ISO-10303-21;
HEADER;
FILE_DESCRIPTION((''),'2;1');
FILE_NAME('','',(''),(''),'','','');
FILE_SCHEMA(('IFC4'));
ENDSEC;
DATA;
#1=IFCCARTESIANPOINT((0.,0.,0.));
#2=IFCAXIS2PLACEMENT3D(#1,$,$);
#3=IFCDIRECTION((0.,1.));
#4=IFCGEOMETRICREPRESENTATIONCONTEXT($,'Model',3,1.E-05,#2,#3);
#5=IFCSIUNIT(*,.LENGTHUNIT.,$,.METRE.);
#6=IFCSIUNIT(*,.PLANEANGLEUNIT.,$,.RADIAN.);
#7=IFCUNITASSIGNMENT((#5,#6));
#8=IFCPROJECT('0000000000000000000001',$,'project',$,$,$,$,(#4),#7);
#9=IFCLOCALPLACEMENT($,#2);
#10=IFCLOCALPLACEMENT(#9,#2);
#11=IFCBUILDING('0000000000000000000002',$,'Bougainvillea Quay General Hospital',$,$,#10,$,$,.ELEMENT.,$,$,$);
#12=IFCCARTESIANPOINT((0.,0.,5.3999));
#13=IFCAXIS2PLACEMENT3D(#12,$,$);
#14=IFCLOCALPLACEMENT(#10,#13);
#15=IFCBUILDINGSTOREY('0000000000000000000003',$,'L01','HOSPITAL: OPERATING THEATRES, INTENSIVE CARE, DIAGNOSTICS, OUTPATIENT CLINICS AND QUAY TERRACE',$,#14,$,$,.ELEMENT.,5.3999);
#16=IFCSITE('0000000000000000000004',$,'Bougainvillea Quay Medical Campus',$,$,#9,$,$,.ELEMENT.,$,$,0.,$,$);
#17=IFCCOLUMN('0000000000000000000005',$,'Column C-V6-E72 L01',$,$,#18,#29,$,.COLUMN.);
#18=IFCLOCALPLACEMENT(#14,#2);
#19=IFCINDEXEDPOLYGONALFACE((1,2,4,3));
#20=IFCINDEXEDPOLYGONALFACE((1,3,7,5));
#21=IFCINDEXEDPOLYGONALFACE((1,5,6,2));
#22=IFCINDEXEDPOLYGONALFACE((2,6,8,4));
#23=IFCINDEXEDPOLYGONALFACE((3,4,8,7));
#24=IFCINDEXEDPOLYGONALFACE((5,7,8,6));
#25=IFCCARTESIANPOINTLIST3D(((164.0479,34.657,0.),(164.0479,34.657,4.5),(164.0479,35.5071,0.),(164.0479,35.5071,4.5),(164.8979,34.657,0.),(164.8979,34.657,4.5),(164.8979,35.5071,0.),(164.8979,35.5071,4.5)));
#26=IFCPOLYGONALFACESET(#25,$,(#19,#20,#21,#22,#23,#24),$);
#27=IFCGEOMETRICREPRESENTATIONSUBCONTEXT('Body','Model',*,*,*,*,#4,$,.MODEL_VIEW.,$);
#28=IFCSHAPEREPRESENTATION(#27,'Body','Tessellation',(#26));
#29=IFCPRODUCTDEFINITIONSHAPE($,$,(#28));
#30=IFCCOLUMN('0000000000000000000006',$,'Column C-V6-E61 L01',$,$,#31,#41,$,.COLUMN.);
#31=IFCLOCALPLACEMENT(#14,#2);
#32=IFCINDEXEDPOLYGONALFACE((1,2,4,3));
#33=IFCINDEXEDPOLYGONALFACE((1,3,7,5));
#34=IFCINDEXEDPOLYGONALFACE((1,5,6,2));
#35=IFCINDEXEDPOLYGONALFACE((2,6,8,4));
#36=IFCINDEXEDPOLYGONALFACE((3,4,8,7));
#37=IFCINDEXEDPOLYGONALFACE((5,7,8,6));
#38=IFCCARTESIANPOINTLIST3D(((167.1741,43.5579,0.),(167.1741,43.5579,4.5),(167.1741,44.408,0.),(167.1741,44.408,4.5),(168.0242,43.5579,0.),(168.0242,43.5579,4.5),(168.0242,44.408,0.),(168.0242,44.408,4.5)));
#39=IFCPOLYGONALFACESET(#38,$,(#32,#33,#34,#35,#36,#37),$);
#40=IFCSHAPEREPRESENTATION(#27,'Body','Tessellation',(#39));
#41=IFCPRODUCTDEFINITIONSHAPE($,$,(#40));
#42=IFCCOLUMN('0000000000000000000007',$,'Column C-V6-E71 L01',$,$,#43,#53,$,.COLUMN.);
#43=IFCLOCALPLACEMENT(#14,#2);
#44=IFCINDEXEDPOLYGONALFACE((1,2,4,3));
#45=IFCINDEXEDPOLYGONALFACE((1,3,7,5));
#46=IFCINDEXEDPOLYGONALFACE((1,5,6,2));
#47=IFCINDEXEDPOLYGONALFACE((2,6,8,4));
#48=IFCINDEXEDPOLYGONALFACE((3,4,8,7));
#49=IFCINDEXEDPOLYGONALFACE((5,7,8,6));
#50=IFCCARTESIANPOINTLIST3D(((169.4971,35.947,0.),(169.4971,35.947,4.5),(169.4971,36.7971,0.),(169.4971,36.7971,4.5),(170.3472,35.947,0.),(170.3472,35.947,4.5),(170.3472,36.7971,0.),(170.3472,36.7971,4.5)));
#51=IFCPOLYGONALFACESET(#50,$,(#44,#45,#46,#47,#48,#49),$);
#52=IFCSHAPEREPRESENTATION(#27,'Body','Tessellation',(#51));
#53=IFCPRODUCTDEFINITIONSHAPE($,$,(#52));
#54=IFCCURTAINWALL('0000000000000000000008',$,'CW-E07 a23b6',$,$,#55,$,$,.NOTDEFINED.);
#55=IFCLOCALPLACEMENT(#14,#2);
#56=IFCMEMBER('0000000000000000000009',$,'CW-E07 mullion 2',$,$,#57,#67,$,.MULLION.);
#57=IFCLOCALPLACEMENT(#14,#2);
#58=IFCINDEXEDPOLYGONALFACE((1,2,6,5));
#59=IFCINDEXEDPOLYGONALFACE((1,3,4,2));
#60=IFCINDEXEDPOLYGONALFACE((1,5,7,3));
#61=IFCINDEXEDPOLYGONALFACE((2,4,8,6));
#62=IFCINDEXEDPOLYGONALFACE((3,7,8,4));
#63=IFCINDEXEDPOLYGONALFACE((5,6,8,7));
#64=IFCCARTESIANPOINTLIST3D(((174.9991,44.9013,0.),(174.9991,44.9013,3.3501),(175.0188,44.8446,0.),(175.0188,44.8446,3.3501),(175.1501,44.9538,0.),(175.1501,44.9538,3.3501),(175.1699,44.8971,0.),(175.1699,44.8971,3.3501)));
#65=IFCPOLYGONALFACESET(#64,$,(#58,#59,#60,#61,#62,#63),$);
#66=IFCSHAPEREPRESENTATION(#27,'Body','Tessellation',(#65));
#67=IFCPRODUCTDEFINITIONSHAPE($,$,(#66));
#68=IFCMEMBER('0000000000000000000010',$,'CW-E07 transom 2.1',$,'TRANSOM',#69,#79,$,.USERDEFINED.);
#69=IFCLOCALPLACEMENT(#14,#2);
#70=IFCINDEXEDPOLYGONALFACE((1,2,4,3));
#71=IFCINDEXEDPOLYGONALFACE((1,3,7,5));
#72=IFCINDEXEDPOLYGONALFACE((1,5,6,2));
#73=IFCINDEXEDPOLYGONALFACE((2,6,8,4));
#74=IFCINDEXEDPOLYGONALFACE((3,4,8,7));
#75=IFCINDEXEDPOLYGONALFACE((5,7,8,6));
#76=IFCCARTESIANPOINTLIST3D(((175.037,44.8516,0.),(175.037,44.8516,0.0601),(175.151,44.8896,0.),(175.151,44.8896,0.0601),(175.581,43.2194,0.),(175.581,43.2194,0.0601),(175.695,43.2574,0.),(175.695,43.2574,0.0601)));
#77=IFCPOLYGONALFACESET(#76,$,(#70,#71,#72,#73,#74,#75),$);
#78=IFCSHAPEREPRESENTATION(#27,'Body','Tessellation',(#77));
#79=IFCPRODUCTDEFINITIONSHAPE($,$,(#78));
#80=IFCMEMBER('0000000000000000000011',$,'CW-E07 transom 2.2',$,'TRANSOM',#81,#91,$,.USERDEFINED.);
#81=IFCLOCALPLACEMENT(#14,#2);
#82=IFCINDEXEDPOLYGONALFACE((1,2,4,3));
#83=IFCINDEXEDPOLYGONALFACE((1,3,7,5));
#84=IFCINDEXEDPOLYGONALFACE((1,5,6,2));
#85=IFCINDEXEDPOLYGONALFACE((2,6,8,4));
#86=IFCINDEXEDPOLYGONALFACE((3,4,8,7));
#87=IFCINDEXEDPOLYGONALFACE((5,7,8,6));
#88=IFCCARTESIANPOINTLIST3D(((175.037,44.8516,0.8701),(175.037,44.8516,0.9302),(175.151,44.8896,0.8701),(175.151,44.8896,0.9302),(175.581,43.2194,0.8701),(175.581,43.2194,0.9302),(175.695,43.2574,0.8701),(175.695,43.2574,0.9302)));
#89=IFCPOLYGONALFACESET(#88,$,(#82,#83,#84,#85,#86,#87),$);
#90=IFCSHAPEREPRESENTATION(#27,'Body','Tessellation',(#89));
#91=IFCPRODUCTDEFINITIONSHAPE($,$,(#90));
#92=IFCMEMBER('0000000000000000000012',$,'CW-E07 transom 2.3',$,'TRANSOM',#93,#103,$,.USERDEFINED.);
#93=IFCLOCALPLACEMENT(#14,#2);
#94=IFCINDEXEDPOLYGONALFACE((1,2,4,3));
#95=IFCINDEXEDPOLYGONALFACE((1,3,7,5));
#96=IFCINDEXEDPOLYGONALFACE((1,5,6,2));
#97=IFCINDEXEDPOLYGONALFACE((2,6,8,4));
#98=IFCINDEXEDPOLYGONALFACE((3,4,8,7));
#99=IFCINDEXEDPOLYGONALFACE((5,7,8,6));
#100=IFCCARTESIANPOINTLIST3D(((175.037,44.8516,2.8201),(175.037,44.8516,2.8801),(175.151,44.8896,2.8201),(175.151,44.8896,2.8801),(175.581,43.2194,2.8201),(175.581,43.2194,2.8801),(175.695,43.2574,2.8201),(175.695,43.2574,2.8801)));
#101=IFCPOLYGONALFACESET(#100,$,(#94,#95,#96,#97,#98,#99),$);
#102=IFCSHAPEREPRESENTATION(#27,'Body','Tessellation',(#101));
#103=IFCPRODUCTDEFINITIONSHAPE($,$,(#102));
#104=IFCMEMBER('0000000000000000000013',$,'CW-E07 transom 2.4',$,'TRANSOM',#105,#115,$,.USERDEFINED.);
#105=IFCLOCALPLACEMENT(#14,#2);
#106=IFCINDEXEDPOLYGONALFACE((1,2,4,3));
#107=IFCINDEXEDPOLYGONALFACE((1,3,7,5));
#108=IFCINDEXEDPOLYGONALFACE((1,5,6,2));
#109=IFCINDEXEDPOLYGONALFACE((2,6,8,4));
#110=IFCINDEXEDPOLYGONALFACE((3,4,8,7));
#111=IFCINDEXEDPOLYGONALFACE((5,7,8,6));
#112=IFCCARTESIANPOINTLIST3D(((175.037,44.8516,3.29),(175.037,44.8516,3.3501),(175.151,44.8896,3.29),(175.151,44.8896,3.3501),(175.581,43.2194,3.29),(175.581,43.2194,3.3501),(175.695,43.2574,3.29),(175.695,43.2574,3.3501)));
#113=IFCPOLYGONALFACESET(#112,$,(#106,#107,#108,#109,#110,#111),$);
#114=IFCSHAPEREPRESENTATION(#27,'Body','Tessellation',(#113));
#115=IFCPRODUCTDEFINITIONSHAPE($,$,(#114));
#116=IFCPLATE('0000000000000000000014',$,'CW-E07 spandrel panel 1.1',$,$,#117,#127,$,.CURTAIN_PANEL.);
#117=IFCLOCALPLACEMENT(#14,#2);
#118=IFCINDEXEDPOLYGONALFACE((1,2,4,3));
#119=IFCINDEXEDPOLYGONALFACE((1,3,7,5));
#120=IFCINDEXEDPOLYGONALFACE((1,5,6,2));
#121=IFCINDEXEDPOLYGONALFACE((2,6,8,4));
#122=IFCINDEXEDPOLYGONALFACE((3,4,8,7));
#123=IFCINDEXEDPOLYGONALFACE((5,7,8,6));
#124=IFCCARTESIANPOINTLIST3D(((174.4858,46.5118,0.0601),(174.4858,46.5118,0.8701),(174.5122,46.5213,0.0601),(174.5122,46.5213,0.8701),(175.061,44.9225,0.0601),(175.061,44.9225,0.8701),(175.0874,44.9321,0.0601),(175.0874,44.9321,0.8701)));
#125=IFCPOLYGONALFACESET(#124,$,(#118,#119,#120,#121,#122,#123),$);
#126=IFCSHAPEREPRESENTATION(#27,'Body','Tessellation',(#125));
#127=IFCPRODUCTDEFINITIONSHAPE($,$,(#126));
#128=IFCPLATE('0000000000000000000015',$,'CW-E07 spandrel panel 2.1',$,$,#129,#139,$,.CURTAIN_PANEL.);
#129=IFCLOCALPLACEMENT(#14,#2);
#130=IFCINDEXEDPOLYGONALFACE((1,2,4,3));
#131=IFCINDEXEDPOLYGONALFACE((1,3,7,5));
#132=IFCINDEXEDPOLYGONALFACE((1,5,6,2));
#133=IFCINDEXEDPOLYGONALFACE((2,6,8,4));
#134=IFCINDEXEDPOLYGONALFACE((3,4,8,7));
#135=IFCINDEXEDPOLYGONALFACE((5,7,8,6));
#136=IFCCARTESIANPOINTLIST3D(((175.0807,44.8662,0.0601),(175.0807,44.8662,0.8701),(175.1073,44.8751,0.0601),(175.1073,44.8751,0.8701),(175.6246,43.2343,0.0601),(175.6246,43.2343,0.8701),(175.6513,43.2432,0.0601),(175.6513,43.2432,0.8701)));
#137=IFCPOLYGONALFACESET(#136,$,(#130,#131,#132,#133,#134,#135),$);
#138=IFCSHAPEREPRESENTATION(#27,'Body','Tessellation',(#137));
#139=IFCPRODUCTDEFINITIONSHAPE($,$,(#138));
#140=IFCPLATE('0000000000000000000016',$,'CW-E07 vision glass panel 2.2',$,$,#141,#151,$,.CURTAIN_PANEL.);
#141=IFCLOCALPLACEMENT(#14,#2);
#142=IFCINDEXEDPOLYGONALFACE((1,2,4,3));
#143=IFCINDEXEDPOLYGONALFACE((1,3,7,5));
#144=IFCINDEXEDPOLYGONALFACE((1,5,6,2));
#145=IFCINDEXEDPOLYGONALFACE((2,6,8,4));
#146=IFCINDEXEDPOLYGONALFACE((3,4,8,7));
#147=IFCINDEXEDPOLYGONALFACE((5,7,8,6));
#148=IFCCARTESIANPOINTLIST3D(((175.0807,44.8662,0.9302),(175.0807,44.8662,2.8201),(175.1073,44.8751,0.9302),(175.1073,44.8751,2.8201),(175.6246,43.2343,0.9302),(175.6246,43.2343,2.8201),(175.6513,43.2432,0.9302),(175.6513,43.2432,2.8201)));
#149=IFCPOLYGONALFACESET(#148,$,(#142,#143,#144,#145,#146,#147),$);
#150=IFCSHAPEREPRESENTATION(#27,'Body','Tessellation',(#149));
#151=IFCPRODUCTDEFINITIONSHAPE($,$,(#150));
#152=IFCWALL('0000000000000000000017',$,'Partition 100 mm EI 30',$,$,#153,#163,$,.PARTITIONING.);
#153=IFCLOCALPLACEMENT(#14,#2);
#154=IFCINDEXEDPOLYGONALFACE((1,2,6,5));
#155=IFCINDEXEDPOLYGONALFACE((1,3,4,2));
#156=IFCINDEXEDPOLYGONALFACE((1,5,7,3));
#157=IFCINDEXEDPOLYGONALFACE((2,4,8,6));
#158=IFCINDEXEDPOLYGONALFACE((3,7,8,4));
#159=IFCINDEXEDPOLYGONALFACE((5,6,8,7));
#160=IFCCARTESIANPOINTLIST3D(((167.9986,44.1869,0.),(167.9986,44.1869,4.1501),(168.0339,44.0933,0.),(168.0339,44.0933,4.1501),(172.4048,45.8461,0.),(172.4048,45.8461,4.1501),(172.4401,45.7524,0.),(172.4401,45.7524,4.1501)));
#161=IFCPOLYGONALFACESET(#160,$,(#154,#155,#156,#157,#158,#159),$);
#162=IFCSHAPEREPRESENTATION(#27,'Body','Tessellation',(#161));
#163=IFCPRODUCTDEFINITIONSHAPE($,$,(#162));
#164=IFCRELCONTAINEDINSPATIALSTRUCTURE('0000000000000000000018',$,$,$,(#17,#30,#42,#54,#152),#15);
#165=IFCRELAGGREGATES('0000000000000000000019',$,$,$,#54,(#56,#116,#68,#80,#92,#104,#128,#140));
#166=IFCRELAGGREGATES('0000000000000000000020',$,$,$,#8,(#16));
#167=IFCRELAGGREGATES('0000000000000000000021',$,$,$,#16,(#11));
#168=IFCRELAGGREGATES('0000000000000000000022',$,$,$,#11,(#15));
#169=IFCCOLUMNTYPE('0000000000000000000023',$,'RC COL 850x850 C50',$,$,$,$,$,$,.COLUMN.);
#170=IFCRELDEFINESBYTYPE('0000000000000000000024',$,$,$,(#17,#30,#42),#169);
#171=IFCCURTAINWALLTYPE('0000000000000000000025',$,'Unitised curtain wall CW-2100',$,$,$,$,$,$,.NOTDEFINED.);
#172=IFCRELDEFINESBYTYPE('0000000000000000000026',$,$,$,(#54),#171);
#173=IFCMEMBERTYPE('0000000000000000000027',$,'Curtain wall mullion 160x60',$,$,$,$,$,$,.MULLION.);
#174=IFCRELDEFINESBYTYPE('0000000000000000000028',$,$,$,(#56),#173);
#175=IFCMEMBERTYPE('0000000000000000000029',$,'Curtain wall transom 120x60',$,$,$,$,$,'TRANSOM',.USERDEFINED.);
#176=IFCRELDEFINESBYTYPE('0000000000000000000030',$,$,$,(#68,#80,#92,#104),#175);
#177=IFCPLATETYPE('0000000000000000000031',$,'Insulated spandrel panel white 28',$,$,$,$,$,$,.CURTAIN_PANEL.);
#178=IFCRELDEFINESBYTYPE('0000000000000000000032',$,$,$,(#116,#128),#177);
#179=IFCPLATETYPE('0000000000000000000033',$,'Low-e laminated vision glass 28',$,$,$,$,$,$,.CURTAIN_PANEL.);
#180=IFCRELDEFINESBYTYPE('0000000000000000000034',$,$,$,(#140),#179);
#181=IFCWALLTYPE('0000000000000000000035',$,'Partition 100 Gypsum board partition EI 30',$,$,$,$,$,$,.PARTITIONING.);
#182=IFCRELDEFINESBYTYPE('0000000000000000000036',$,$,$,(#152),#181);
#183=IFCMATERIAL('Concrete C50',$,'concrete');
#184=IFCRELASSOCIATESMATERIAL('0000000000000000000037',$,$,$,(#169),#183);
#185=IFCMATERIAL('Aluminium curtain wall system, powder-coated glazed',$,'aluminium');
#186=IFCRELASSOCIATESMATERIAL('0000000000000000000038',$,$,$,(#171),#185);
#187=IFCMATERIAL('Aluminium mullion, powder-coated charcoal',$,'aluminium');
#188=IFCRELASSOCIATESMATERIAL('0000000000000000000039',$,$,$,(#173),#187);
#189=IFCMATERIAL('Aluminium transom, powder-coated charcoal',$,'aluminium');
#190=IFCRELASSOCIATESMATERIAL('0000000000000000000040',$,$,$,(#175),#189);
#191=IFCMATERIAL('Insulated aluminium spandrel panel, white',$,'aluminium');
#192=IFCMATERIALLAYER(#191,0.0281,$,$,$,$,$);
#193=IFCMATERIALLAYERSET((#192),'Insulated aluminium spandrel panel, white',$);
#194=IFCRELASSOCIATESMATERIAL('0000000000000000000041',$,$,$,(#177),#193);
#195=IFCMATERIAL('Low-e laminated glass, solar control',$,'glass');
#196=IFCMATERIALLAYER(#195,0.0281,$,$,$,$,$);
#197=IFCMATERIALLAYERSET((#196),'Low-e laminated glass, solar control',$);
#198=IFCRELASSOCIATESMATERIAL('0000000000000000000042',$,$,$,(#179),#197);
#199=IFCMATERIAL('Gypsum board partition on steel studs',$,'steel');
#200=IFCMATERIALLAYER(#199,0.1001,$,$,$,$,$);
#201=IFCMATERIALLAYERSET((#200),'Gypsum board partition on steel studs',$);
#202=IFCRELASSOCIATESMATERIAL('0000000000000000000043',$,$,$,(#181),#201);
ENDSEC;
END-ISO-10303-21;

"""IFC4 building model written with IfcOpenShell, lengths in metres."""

from ifc_helpers import new_model, si_unit, direction, frame, frame_2d, origin, origin_2d, place, context, subcontext, project, spatial, rectangle, extrude, material, layer, layer_set, material_profile, profile_set, type_object, element, aggregate, save


model = new_model("IFC4")

# Units and contexts
model_context = context("Model", 3, precision=1e-05, world=origin(), true_north=direction((0.0, 1.0)))
body_context = subcontext(model_context, "Body", "Model", "MODEL_VIEW")
ifc_project = project(units=[si_unit("LENGTHUNIT", "METRE"), si_unit("PLANEANGLEUNIT", "RADIAN")], contexts=[model_context])

# Site, building, storey
site_placement = place(None, origin())
site = spatial("IfcSite", under=ifc_project, at=site_placement, Name="Bougainvillea Quay Medical Campus", CompositionType="ELEMENT", RefElevation=0.0)
building_placement = place(site_placement, origin())
building = spatial("IfcBuilding", under=site, at=building_placement, Name="Bougainvillea Quay General Hospital", CompositionType="ELEMENT")
storey_placement = place(building_placement, frame((0.0, 0.0, 5.3999)))
storey = spatial("IfcBuildingStorey", under=building, at=storey_placement, Name="L01", Description="HOSPITAL: OPERATING THEATRES, INTENSIVE CARE, DIAGNOSTICS, OUTPATIENT CLINICS AND QUAY TERRACE", CompositionType="ELEMENT", Elevation=5.3999)

# Columns
ifc_material_1 = material(Name="Concrete C50", Category="concrete")
ifc_material_profile_1 = material_profile(ifc_material_1, rectangle(XDim=0.8501, YDim=0.8501, at=origin_2d()))
ifc_profile_set_1 = profile_set([ifc_material_profile_1], Name="Concrete C50")
column_type = type_object("IfcColumnType", Name="RC COL 850x850 C50", PredefinedType="COLUMN", material=ifc_profile_set_1)
for number, where, z_axis, x_axis, name in (
    (1, (164.4729, 35.082, 0.0), (0.0, 0.0, 1.0), (1.0, 0.0, 0.0), "Column C-V6-E72 L01"),
    (2, (167.5991, 43.9829, 0.0), (0.0, 0.0, 1.0), (1.0, 0.0, 0.0), "Column C-V6-E61 L01"),
    (3, (169.9221, 36.3721, 0.0), (0.0, 0.0, 1.0), (1.0, 0.0, 0.0), "Column C-V6-E71 L01"),
):
    element("IfcColumn", number, at=place(storey_placement, frame(where, z_axis=z_axis, x_axis=x_axis)), inside=storey, type_object=column_type, Name=name, PredefinedType="COLUMN", context=body_context, shape_type="SweptSolid", body=[
        extrude(rectangle(XDim=0.8501, YDim=0.8501, at=origin_2d()), origin(), (0.0, 0.0, 1.0), 4.5),
    ])

# Curtain wall, members, plates
ifc_material_2 = material(Name="Aluminium curtain wall system, powder-coated glazed", Category="aluminium")
curtain_wall_type = type_object("IfcCurtainWallType", Name="Unitised curtain wall CW-2100", PredefinedType="NOTDEFINED", material=ifc_material_2)
curtain_wall_placement = place(storey_placement, origin())
curtain_wall = element("IfcCurtainWall", 4, at=curtain_wall_placement, inside=storey, type_object=curtain_wall_type, Name="CW-E07 a23b6", PredefinedType="NOTDEFINED")
ifc_material_3 = material(Name="Aluminium mullion, powder-coated charcoal", Category="aluminium")
ifc_material_profile_2 = material_profile(ifc_material_3, rectangle(XDim=0.1599, YDim=0.0601, at=origin_2d()))
ifc_profile_set_2 = profile_set([ifc_material_profile_2], Name="Aluminium mullion, powder-coated charcoal")
member_type_1 = type_object("IfcMemberType", Name="Curtain wall mullion 160x60", PredefinedType="MULLION", material=ifc_profile_set_2)
member_1_placement = place(storey_placement, frame((175.0845, 44.8992, 0.0), z_axis=(0.0, 0.0, 1.0), x_axis=(0.944574, 0.3283, 0.0)))
member_1 = element("IfcMember", 5, at=member_1_placement, type_object=member_type_1, Name="CW-E07 mullion 2", PredefinedType="MULLION", context=body_context, shape_type="SweptSolid", body=[
    extrude(rectangle(XDim=0.1599, YDim=0.0601, at=origin_2d()), origin(), (0.0, 0.0, 1.0), 3.3501),
])
ifc_material_4 = material(Name="Aluminium transom, powder-coated charcoal", Category="aluminium")
ifc_material_profile_3 = material_profile(ifc_material_4, rectangle(XDim=0.1201, YDim=0.0601, at=origin_2d()))
ifc_profile_set_3 = profile_set([ifc_material_profile_3], Name="Aluminium transom, powder-coated charcoal")
member_type_2 = type_object("IfcMemberType", Name="Curtain wall transom 120x60", ElementType="TRANSOM", PredefinedType="USERDEFINED", material=ifc_profile_set_3)
member_2_placement = place(storey_placement, frame((175.094, 44.8706, 0.03), z_axis=(0.316185, -0.948697, 0.0), x_axis=(0.948697, 0.316185, 0.0)))
member_2 = element("IfcMember", 6, at=member_2_placement, type_object=member_type_2, Name="CW-E07 transom 2.1", ObjectType="TRANSOM", PredefinedType="USERDEFINED", context=body_context, shape_type="SweptSolid", body=[
    extrude(rectangle(XDim=0.1201, YDim=0.0601, at=origin_2d()), origin(), (0.0, 0.0, 1.0), 1.7205),
])
member_3_placement = place(storey_placement, frame((175.094, 44.8706, 0.9001), z_axis=(0.316185, -0.948697, 0.0), x_axis=(0.948697, 0.316185, 0.0)))
member_3 = element("IfcMember", 7, at=member_3_placement, type_object=member_type_2, Name="CW-E07 transom 2.2", ObjectType="TRANSOM", PredefinedType="USERDEFINED", context=body_context, shape_type="SweptSolid", body=[
    extrude(rectangle(XDim=0.1201, YDim=0.0601, at=origin_2d()), origin(), (0.0, 0.0, 1.0), 1.7205),
])
member_4_placement = place(storey_placement, frame((175.094, 44.8706, 2.8501), z_axis=(0.316185, -0.948697, 0.0), x_axis=(0.948697, 0.316185, 0.0)))
member_4 = element("IfcMember", 8, at=member_4_placement, type_object=member_type_2, Name="CW-E07 transom 2.3", ObjectType="TRANSOM", PredefinedType="USERDEFINED", context=body_context, shape_type="SweptSolid", body=[
    extrude(rectangle(XDim=0.1201, YDim=0.0601, at=origin_2d()), origin(), (0.0, 0.0, 1.0), 1.7205),
])
member_5_placement = place(storey_placement, frame((175.094, 44.8706, 3.3201), z_axis=(0.316185, -0.948697, 0.0), x_axis=(0.948697, 0.316185, 0.0)))
member_5 = element("IfcMember", 9, at=member_5_placement, type_object=member_type_2, Name="CW-E07 transom 2.4", ObjectType="TRANSOM", PredefinedType="USERDEFINED", context=body_context, shape_type="SweptSolid", body=[
    extrude(rectangle(XDim=0.1201, YDim=0.0601, at=origin_2d()), origin(), (0.0, 0.0, 1.0), 1.7205),
])
ifc_material_5 = material(Name="Insulated aluminium spandrel panel, white", Category="aluminium")
ifc_layer_1 = layer(ifc_material_5, 0.0281)
ifc_layer_set_1 = layer_set([ifc_layer_1], Name="Insulated aluminium spandrel panel, white")
plate_type_1 = type_object("IfcPlateType", Name="Insulated spandrel panel white 28", PredefinedType="CURTAIN_PANEL", material=ifc_layer_set_1)
plate_1_placement = place(storey_placement, frame((174.7866, 45.7219, 0.0601), z_axis=(0.0, 0.0, 1.0), x_axis=(0.340327, -0.940307, 0.0)))
plate_1 = element("IfcPlate", 10, at=plate_1_placement, type_object=plate_type_1, Name="CW-E07 spandrel panel 1.1", PredefinedType="CURTAIN_PANEL", context=body_context, shape_type="SweptSolid", body=[
    extrude(rectangle(XDim=1.6902, YDim=0.0281, at=origin_2d()), origin(), (0.0, 0.0, 1.0), 0.8101),
])
plate_2_placement = place(storey_placement, frame((175.366, 44.0547, 0.0601), z_axis=(0.0, 0.0, 1.0), x_axis=(0.316219, -0.948686, 0.0)))
plate_2 = element("IfcPlate", 11, at=plate_2_placement, type_object=plate_type_1, Name="CW-E07 spandrel panel 2.1", PredefinedType="CURTAIN_PANEL", context=body_context, shape_type="SweptSolid", body=[
    extrude(rectangle(XDim=1.7202, YDim=0.0281, at=origin_2d()), origin(), (0.0, 0.0, 1.0), 0.8101),
])
ifc_material_6 = material(Name="Low-e laminated glass, solar control", Category="glass")
ifc_layer_2 = layer(ifc_material_6, 0.0281)
ifc_layer_set_2 = layer_set([ifc_layer_2], Name="Low-e laminated glass, solar control")
plate_type_2 = type_object("IfcPlateType", Name="Low-e laminated vision glass 28", PredefinedType="CURTAIN_PANEL", material=ifc_layer_set_2)
plate_3_placement = place(storey_placement, frame((175.366, 44.0547, 0.9302), z_axis=(0.0, 0.0, 1.0), x_axis=(0.316219, -0.948686, 0.0)))
plate_3 = element("IfcPlate", 12, at=plate_3_placement, type_object=plate_type_2, Name="CW-E07 vision glass panel 2.2", PredefinedType="CURTAIN_PANEL", context=body_context, shape_type="SweptSolid", body=[
    extrude(rectangle(XDim=1.7202, YDim=0.0281, at=origin_2d()), origin(), (0.0, 0.0, 1.0), 1.8899),
])
aggregate(curtain_wall, [member_1, plate_1, member_2, member_3, member_4, member_5, plate_2, plate_3])

# Wall
ifc_material_7 = material(Name="Gypsum board partition on steel studs", Category="steel")
ifc_layer_3 = layer(ifc_material_7, 0.1001)
ifc_layer_set_3 = layer_set([ifc_layer_3], Name="Gypsum board partition on steel studs")
wall_type_1 = type_object("IfcWallType", Name="Partition 100 Gypsum board partition EI 30", PredefinedType="PARTITIONING", material=ifc_layer_set_3)
wall_1_placement = place(storey_placement, frame((168.0164, 44.1401, 0.0), z_axis=(0.0, 0.0, 1.0), x_axis=(0.935851, 0.352396, 0.0)))
element("IfcWall", 13, at=wall_1_placement, inside=storey, type_object=wall_type_1, Name="Partition 100 mm EI 30", PredefinedType="PARTITIONING", context=body_context, shape_type="SweptSolid", body=[
    extrude(rectangle(XDim=4.7083, YDim=0.1001, at=frame_2d((2.354, 0.0))), origin(), (0.0, 0.0, 1.0), 4.1501),
])

save(model, "model.ifc")
